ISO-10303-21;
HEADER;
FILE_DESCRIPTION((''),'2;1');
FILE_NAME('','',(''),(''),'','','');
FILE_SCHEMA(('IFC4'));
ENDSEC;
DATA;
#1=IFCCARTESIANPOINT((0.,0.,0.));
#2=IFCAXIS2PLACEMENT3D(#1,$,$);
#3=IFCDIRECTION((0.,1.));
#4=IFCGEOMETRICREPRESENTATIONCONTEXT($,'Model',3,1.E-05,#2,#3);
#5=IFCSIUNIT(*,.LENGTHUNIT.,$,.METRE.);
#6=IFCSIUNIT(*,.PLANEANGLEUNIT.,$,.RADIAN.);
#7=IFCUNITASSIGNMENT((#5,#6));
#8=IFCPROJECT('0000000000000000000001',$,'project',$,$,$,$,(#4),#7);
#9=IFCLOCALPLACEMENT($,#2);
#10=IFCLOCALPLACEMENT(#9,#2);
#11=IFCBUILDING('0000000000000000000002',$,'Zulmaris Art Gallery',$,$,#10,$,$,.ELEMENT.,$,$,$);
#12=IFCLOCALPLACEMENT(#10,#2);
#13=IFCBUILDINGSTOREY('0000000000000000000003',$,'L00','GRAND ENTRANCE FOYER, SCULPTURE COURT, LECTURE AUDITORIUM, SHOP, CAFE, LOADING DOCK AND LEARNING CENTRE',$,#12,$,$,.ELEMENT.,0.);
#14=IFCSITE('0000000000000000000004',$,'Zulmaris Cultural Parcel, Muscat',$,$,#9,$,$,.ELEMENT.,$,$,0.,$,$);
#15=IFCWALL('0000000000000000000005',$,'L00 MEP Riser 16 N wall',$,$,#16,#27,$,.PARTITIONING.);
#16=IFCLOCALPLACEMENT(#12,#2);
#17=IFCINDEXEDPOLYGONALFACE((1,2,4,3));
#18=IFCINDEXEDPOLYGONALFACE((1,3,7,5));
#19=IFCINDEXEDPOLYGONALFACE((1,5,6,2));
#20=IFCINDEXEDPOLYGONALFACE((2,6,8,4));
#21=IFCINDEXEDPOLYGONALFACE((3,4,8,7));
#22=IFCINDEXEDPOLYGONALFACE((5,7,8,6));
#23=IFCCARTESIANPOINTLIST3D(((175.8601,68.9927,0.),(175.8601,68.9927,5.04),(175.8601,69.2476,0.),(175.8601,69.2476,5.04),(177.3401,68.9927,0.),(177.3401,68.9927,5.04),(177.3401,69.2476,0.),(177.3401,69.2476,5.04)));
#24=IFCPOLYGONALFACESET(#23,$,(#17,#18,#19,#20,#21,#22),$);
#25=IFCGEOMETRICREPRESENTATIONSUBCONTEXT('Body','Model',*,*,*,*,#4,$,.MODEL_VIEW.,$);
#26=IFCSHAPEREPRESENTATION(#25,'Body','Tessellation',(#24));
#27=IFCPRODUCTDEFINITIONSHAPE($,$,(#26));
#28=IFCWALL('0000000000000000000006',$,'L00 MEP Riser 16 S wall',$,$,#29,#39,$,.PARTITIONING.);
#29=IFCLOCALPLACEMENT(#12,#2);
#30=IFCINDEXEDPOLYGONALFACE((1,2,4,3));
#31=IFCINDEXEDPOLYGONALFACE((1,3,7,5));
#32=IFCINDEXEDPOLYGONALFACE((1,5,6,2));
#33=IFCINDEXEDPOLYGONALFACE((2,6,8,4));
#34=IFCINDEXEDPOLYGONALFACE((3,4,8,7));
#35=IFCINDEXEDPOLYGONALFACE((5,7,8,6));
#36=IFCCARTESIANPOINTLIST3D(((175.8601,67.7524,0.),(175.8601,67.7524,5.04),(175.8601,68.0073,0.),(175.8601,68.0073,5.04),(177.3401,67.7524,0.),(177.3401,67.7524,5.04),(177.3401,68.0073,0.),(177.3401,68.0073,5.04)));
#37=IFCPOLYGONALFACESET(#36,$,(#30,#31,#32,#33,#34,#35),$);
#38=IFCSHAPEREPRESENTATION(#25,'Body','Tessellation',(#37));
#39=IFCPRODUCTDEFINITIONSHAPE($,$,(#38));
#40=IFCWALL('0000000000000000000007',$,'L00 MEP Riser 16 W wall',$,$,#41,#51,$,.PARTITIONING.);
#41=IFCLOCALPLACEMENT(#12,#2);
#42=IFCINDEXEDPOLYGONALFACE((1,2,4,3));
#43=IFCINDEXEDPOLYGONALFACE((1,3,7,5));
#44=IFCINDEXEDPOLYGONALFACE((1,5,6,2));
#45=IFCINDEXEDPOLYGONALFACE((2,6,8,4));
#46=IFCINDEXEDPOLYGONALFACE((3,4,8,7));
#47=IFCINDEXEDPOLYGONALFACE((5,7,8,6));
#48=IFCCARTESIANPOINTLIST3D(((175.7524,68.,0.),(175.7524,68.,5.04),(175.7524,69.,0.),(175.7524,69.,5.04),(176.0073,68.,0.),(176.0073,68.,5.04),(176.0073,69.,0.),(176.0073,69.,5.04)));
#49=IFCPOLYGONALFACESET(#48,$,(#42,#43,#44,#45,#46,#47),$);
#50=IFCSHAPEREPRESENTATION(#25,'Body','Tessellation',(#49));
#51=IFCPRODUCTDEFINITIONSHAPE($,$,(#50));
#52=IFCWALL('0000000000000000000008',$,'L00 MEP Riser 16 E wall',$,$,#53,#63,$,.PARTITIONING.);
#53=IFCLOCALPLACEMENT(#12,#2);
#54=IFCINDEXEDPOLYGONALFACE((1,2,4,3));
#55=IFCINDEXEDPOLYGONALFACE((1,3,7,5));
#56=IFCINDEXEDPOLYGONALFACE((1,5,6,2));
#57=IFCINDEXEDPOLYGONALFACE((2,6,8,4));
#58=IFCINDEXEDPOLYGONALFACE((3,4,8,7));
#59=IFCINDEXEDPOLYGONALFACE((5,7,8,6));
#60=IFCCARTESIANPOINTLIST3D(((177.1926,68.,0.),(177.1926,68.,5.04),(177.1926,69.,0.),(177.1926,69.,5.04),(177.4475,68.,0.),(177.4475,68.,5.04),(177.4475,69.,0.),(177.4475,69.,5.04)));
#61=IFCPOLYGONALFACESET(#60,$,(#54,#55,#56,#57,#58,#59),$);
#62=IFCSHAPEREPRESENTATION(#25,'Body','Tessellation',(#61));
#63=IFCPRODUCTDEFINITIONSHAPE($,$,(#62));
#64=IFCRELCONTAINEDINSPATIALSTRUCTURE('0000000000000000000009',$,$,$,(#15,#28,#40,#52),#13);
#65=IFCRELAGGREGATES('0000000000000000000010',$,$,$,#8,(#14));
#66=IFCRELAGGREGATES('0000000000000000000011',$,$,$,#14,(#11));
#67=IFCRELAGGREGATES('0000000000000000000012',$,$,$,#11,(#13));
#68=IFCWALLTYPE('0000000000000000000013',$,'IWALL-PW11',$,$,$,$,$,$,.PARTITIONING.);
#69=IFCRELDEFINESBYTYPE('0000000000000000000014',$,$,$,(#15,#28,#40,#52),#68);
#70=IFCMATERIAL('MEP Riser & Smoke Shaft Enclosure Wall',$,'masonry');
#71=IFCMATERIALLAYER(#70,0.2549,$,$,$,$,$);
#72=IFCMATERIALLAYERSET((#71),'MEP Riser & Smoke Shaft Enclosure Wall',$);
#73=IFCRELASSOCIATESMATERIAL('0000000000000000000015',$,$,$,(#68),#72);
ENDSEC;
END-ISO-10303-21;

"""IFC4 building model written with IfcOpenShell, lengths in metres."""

from ifc_helpers import new_model, si_unit, direction, frame, frame_2d, origin, place, context, subcontext, project, spatial, rectangle, extrude, material, layer, layer_set, type_object, element, save


model = new_model("IFC4")

# Units and contexts
model_context = context("Model", 3, precision=1e-05, world=origin(), true_north=direction((0.0, 1.0)))
body_context = subcontext(model_context, "Body", "Model", "MODEL_VIEW")
ifc_project = project(units=[si_unit("LENGTHUNIT", "METRE"), si_unit("PLANEANGLEUNIT", "RADIAN")], contexts=[model_context])

# Site, building, storey
site_placement = place(None, origin())
site = spatial("IfcSite", under=ifc_project, at=site_placement, Name="Zulmaris Cultural Parcel, Muscat", CompositionType="ELEMENT", RefElevation=0.0)
building_placement = place(site_placement, origin())
building = spatial("IfcBuilding", under=site, at=building_placement, Name="Zulmaris Art Gallery", CompositionType="ELEMENT")
storey_placement = place(building_placement, origin())
storey = spatial("IfcBuildingStorey", under=building, at=storey_placement, Name="L00", Description="GRAND ENTRANCE FOYER, SCULPTURE COURT, LECTURE AUDITORIUM, SHOP, CAFE, LOADING DOCK AND LEARNING CENTRE", CompositionType="ELEMENT", Elevation=0.0)

# Walls
ifc_material_1 = material(Name="MEP Riser & Smoke Shaft Enclosure Wall", Category="masonry")
ifc_layer_1 = layer(ifc_material_1, 0.2549)
ifc_layer_set_1 = layer_set([ifc_layer_1], Name="MEP Riser & Smoke Shaft Enclosure Wall")
wall_type_1 = type_object("IfcWallType", Name="IWALL-PW11", PredefinedType="PARTITIONING", material=ifc_layer_set_1)
for number, where, z_axis, x_axis, name in (
    (1, (175.8601, 69.1201, 0.0), (0.0, 0.0, 1.0), (1.0, 0.0, 0.0), "L00 MEP Riser 16 N wall"),
    (2, (175.8601, 67.8799, 0.0), (0.0, 0.0, 1.0), (1.0, 0.0, 0.0), "L00 MEP Riser 16 S wall"),
):
    element("IfcWall", number, at=place(storey_placement, frame(where, z_axis=z_axis, x_axis=x_axis)), inside=storey, type_object=wall_type_1, Name=name, PredefinedType="PARTITIONING", context=body_context, shape_type="SweptSolid", body=[
        extrude(rectangle(XDim=1.48, YDim=0.2549, at=frame_2d((0.74, 0.0))), origin(), (0.0, 0.0, 1.0), 5.04),
    ])
for number, where, z_axis, x_axis, name in (
    (3, (175.8799, 68.0, 0.0), (0.0, 0.0, 1.0), (0.0, 1.0, 0.0), "L00 MEP Riser 16 W wall"),
    (4, (177.3201, 68.0, 0.0), (0.0, 0.0, 1.0), (0.0, 1.0, 0.0), "L00 MEP Riser 16 E wall"),
):
    element("IfcWall", number, at=place(storey_placement, frame(where, z_axis=z_axis, x_axis=x_axis)), inside=storey, type_object=wall_type_1, Name=name, PredefinedType="PARTITIONING", context=body_context, shape_type="SweptSolid", body=[
        extrude(rectangle(XDim=1.0, YDim=0.2549, at=frame_2d((0.5, 0.0))), origin(), (0.0, 0.0, 1.0), 5.04),
    ])

save(model, "model.ifc")
